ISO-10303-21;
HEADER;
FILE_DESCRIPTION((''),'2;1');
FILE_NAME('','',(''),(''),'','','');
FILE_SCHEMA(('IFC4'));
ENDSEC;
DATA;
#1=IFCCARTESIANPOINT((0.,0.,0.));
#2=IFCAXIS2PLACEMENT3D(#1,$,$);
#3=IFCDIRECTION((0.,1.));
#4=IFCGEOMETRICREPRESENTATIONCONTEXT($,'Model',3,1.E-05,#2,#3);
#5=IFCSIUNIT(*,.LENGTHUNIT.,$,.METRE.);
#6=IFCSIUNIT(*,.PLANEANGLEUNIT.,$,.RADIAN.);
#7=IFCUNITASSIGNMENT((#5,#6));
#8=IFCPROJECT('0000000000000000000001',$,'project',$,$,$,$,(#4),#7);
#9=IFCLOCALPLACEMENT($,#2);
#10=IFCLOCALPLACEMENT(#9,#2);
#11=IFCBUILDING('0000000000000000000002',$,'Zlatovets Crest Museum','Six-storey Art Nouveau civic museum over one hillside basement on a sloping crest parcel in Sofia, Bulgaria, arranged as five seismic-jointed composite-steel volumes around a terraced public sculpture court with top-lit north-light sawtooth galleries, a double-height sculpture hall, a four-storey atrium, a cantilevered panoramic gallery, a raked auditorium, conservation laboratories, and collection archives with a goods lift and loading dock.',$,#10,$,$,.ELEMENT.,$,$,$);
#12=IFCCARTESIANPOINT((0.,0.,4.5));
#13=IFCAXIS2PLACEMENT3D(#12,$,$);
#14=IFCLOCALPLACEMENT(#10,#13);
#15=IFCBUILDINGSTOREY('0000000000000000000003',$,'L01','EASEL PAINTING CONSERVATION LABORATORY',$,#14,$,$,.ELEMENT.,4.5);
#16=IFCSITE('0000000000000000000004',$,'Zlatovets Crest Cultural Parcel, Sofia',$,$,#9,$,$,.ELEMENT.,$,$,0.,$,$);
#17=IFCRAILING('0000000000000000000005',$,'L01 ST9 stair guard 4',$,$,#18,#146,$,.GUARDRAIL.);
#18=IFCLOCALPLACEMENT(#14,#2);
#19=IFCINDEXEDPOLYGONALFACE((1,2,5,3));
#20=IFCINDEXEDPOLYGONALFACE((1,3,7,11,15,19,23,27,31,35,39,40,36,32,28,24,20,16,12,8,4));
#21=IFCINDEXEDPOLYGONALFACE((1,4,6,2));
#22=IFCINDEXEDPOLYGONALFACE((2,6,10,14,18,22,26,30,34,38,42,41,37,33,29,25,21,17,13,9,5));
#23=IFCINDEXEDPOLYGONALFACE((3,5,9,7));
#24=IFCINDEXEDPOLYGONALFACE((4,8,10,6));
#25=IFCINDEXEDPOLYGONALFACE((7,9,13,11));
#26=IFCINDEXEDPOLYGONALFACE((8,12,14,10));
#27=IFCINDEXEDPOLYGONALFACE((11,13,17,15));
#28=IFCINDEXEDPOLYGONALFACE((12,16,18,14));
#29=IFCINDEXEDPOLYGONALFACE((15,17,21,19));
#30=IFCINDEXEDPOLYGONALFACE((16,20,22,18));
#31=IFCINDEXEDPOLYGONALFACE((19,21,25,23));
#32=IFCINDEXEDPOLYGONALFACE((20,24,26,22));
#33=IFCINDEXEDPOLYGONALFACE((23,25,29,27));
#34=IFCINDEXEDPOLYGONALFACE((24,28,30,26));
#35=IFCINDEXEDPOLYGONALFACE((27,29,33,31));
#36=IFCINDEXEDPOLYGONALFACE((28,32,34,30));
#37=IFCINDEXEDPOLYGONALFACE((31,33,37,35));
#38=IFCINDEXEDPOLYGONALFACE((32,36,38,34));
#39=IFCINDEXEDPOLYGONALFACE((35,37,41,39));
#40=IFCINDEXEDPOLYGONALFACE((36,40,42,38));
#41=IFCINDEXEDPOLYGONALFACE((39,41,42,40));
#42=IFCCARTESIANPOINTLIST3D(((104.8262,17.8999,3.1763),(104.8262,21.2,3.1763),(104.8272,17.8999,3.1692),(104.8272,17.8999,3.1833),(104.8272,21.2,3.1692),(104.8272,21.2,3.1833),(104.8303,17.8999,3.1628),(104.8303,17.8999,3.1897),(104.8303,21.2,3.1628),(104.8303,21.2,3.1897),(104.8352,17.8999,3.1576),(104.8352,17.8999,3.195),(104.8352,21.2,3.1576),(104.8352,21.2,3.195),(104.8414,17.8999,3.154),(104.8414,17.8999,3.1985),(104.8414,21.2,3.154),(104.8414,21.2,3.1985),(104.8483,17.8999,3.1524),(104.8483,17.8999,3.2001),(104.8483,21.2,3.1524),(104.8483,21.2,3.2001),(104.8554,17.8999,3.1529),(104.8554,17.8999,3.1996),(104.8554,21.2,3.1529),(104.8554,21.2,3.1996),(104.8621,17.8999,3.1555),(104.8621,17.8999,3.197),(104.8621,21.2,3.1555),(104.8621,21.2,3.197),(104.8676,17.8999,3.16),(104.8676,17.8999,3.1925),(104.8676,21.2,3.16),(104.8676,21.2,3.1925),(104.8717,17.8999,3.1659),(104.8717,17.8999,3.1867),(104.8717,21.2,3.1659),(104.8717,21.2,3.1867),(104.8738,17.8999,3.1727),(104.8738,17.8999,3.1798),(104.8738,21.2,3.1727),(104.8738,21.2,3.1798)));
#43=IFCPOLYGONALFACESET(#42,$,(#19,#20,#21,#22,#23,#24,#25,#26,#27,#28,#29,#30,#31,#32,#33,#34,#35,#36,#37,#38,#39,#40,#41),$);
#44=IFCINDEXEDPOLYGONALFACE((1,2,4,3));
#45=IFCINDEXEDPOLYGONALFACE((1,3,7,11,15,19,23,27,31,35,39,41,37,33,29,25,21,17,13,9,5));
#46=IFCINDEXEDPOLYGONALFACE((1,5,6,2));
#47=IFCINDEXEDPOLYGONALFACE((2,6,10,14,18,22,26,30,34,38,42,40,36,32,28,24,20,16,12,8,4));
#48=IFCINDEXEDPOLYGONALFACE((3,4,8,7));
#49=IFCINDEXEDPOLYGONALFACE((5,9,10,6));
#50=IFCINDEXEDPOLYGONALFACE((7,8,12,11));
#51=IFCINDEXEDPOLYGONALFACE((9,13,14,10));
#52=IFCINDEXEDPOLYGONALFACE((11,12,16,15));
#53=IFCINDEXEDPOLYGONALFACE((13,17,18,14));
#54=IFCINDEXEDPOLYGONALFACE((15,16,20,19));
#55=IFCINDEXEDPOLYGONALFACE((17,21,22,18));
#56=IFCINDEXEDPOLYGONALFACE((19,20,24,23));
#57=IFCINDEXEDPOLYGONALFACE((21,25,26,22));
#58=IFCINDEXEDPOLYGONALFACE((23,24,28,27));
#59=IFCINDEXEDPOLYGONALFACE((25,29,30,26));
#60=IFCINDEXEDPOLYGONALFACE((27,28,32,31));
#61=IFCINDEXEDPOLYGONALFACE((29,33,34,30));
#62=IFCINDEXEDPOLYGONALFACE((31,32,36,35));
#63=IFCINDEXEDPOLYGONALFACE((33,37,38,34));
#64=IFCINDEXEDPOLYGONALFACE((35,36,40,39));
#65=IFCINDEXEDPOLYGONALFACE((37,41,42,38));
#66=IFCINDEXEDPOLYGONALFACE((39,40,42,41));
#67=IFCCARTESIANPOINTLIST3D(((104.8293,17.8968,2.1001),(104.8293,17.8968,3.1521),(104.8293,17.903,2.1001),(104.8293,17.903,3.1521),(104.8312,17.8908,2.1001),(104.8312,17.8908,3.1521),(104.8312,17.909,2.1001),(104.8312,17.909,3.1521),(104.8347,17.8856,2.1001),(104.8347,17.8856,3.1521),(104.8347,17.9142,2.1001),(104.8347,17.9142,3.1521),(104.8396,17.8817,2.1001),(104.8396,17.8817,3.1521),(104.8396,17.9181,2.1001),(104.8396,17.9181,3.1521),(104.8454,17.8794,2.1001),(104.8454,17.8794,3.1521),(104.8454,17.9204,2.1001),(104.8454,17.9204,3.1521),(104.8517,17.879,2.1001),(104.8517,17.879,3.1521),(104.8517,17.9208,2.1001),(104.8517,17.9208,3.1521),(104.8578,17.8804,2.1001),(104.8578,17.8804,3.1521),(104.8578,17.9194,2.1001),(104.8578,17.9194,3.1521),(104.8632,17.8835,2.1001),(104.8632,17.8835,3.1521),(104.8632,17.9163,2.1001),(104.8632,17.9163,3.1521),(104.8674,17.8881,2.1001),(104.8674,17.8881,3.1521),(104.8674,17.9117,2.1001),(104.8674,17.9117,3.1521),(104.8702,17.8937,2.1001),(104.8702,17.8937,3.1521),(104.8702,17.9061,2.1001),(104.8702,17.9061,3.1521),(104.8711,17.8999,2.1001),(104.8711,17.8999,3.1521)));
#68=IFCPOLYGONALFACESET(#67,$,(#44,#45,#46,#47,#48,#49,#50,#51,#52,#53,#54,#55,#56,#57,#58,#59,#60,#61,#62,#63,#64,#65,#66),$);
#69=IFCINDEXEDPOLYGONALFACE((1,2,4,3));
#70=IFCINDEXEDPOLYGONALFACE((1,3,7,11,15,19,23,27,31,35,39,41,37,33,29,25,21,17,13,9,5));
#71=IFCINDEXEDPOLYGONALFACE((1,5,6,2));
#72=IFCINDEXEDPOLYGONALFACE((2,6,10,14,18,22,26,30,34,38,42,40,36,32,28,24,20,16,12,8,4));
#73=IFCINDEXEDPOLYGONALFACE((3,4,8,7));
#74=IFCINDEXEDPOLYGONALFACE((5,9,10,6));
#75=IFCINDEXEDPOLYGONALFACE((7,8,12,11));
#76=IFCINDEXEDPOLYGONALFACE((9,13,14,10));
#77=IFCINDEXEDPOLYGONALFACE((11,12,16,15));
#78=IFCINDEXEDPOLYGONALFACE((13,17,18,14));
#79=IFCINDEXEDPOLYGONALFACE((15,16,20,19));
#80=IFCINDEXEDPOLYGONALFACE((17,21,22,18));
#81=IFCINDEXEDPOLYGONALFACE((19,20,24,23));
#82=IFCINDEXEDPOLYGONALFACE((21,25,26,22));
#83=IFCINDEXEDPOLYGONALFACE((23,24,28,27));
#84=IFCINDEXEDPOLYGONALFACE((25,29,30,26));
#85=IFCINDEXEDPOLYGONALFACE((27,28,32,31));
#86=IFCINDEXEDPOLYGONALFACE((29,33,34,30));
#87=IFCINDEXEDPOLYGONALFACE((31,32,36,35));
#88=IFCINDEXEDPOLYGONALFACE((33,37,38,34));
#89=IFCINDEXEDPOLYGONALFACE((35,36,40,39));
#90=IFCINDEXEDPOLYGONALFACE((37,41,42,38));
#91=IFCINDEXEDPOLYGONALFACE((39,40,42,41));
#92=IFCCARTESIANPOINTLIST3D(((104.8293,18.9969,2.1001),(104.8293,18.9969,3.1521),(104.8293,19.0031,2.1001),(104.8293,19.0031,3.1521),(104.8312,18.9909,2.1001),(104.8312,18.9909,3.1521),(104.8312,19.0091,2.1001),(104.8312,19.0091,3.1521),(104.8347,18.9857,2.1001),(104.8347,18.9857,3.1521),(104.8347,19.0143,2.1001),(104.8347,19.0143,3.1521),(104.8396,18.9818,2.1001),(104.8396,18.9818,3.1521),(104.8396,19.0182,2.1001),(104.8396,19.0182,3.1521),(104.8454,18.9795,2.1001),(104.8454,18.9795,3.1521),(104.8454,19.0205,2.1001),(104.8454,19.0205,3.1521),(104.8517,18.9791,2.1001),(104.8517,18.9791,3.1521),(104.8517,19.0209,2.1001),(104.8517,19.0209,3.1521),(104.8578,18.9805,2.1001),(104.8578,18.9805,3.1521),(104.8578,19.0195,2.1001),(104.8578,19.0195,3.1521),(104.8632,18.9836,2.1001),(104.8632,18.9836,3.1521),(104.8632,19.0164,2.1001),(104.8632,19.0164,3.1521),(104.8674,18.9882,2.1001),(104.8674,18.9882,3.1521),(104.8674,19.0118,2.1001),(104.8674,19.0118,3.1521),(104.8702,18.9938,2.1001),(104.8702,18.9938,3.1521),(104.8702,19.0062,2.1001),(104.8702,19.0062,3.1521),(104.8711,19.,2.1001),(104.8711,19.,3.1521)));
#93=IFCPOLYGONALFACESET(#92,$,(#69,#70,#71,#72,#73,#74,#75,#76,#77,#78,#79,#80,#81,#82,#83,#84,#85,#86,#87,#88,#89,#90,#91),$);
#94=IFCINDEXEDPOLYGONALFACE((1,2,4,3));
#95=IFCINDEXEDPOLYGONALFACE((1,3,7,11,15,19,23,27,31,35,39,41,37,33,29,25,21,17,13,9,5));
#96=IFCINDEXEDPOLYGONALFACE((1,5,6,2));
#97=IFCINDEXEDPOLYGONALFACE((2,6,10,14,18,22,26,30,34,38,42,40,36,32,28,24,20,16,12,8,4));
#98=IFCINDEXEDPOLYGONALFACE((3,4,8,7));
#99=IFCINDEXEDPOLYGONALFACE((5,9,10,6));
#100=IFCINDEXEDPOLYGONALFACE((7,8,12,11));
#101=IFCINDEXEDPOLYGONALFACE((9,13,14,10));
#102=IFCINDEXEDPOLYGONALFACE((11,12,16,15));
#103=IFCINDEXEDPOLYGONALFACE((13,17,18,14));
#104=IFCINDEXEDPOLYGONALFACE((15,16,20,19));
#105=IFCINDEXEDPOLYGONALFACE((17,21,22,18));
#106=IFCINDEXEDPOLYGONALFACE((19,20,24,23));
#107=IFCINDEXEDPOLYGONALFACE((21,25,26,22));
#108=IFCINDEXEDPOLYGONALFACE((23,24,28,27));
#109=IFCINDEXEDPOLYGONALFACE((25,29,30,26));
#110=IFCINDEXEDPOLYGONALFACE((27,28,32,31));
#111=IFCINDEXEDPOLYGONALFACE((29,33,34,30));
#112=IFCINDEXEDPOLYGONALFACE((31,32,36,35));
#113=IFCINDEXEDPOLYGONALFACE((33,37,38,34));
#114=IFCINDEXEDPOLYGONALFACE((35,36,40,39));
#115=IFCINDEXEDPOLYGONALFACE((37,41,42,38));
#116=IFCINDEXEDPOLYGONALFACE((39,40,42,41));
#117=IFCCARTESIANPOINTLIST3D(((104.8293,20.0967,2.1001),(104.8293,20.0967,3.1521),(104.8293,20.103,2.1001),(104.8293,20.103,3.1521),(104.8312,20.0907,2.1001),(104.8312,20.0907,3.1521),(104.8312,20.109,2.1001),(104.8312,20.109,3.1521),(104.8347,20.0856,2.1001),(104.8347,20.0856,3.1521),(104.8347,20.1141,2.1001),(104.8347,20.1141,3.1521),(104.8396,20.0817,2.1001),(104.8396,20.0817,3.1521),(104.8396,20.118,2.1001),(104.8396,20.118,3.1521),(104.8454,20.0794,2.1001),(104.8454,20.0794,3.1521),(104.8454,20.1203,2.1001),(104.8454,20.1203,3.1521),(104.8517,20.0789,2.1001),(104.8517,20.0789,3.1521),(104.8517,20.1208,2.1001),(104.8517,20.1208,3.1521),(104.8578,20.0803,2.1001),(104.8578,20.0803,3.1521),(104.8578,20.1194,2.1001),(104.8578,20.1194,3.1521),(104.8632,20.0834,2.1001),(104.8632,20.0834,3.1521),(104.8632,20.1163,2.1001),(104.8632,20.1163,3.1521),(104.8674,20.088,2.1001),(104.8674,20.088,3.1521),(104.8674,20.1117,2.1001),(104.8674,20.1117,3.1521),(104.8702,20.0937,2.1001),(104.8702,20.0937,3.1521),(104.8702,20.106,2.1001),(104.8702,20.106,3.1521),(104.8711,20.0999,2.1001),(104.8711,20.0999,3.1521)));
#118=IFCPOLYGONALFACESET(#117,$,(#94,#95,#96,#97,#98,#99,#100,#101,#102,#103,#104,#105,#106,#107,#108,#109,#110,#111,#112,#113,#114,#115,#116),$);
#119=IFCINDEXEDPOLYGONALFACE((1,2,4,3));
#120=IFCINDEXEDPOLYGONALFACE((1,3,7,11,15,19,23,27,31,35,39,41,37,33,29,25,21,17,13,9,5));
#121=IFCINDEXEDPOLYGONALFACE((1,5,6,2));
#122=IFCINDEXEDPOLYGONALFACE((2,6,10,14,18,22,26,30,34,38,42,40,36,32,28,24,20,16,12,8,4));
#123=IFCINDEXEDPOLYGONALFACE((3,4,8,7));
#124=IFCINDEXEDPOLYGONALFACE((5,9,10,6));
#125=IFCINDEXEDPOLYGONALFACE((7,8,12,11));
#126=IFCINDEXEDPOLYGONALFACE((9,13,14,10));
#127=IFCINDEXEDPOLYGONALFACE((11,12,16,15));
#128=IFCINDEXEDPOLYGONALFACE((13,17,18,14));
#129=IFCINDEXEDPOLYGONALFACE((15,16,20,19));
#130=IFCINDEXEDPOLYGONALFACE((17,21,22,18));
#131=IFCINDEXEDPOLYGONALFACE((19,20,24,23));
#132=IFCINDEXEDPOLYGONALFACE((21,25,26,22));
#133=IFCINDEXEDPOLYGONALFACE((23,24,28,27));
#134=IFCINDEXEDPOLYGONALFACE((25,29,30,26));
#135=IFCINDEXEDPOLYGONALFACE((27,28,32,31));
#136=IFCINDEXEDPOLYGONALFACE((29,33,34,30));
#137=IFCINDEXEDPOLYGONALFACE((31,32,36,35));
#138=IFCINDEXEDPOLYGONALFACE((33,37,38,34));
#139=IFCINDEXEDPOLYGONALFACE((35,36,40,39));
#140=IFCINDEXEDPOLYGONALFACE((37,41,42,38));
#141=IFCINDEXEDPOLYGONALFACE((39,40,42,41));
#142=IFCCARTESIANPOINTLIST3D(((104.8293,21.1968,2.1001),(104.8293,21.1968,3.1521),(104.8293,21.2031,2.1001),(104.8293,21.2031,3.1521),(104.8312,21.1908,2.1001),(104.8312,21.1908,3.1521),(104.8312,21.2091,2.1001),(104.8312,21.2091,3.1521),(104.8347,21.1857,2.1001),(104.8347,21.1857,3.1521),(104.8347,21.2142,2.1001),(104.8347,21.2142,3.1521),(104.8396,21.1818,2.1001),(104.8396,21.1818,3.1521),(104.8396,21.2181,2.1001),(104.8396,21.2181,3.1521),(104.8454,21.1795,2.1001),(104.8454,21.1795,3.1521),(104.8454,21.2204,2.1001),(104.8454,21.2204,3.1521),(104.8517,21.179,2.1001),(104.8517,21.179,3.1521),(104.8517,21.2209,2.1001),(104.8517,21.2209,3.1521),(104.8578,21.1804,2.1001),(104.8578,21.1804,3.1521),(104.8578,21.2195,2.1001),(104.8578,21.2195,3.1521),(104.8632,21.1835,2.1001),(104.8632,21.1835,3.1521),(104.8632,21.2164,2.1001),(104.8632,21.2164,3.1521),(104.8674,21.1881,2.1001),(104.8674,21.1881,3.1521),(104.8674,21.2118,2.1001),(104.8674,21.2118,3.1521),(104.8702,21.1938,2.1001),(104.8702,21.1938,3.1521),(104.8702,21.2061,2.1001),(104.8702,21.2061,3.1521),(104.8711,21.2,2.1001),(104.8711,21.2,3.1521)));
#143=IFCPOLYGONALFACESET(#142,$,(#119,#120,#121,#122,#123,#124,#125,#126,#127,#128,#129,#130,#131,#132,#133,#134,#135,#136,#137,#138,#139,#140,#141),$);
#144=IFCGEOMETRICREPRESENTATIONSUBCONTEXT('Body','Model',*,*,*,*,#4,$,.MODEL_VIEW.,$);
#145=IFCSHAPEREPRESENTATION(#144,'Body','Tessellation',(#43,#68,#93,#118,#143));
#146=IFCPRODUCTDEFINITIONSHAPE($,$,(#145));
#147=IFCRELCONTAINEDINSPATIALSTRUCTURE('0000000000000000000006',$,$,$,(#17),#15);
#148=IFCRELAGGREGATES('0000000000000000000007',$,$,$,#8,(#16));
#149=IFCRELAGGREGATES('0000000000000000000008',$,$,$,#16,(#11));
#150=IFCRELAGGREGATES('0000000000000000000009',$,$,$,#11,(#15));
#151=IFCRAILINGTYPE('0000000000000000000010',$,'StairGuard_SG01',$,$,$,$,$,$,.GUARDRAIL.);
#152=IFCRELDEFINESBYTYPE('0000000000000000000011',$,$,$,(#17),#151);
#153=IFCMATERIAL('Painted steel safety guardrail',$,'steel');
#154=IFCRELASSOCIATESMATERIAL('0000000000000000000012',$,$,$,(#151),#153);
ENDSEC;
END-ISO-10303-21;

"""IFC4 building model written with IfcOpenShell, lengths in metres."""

from ifc_helpers import new_model, si_unit, direction, frame, origin, origin_2d, place, context, subcontext, project, spatial, circle, extrude, material, type_object, element, save


model = new_model("IFC4")

# Units and contexts
model_context = context("Model", 3, precision=1e-05, world=origin(), true_north=direction((0.0, 1.0)))
body_context = subcontext(model_context, "Body", "Model", "MODEL_VIEW")
ifc_project = project(units=[si_unit("LENGTHUNIT", "METRE"), si_unit("PLANEANGLEUNIT", "RADIAN")], contexts=[model_context])

# Site, building, storey
site_placement = place(None, origin())
site = spatial("IfcSite", under=ifc_project, at=site_placement, Name="Zlatovets Crest Cultural Parcel, Sofia", CompositionType="ELEMENT", RefElevation=0.0)
building_placement = place(site_placement, origin())
building = spatial("IfcBuilding", under=site, at=building_placement, Name="Zlatovets Crest Museum", Description="Six-storey Art Nouveau civic museum over one hillside basement on a sloping crest parcel in Sofia, Bulgaria, arranged as five seismic-jointed composite-steel volumes around a terraced public sculpture court with top-lit north-light sawtooth galleries, a double-height sculpture hall, a four-storey atrium, a cantilevered panoramic gallery, a raked auditorium, conservation laboratories, and collection archives with a goods lift and loading dock.", CompositionType="ELEMENT")
storey_placement = place(building_placement, frame((0.0, 0.0, 4.5)))
storey = spatial("IfcBuildingStorey", under=building, at=storey_placement, Name="L01", Description="EASEL PAINTING CONSERVATION LABORATORY", CompositionType="ELEMENT", Elevation=4.5)

# Railing
ifc_material_1 = material(Name="Painted steel safety guardrail", Category="steel")
railing_type_1 = type_object("IfcRailingType", Name="StairGuard_SG01", PredefinedType="GUARDRAIL", material=ifc_material_1)
for number, where, name in (
    (1, (104.8501, 17.8999, 2.1001), "L01 ST9 stair guard 4"),
):
    element("IfcRailing", number, at=place(storey_placement, frame(where)), inside=storey, type_object=railing_type_1, Name=name, PredefinedType="GUARDRAIL", context=body_context, shape_type="SweptSolid", body=[
        extrude(circle(Radius=0.0239, at=origin_2d()), frame((0.0, 0.0, 1.0762), z_axis=(0.0, 1.0, 0.0), x_axis=(-1.0, 0.0, 0.0)), (0.0, 0.0, 1.0), 3.3),
        extrude(circle(Radius=0.021, at=origin_2d()), origin(), (0.0, 0.0, 1.0), 1.052),
        extrude(circle(Radius=0.021, at=origin_2d()), frame((0.0, 1.1001, 0.0)), (0.0, 0.0, 1.0), 1.052),
        extrude(circle(Radius=0.021, at=origin_2d()), frame((0.0, 2.2, 0.0)), (0.0, 0.0, 1.0), 1.052),
        extrude(circle(Radius=0.021, at=origin_2d()), frame((0.0, 3.3, 0.0)), (0.0, 0.0, 1.0), 1.052),
    ])

save(model, "model.ifc")
